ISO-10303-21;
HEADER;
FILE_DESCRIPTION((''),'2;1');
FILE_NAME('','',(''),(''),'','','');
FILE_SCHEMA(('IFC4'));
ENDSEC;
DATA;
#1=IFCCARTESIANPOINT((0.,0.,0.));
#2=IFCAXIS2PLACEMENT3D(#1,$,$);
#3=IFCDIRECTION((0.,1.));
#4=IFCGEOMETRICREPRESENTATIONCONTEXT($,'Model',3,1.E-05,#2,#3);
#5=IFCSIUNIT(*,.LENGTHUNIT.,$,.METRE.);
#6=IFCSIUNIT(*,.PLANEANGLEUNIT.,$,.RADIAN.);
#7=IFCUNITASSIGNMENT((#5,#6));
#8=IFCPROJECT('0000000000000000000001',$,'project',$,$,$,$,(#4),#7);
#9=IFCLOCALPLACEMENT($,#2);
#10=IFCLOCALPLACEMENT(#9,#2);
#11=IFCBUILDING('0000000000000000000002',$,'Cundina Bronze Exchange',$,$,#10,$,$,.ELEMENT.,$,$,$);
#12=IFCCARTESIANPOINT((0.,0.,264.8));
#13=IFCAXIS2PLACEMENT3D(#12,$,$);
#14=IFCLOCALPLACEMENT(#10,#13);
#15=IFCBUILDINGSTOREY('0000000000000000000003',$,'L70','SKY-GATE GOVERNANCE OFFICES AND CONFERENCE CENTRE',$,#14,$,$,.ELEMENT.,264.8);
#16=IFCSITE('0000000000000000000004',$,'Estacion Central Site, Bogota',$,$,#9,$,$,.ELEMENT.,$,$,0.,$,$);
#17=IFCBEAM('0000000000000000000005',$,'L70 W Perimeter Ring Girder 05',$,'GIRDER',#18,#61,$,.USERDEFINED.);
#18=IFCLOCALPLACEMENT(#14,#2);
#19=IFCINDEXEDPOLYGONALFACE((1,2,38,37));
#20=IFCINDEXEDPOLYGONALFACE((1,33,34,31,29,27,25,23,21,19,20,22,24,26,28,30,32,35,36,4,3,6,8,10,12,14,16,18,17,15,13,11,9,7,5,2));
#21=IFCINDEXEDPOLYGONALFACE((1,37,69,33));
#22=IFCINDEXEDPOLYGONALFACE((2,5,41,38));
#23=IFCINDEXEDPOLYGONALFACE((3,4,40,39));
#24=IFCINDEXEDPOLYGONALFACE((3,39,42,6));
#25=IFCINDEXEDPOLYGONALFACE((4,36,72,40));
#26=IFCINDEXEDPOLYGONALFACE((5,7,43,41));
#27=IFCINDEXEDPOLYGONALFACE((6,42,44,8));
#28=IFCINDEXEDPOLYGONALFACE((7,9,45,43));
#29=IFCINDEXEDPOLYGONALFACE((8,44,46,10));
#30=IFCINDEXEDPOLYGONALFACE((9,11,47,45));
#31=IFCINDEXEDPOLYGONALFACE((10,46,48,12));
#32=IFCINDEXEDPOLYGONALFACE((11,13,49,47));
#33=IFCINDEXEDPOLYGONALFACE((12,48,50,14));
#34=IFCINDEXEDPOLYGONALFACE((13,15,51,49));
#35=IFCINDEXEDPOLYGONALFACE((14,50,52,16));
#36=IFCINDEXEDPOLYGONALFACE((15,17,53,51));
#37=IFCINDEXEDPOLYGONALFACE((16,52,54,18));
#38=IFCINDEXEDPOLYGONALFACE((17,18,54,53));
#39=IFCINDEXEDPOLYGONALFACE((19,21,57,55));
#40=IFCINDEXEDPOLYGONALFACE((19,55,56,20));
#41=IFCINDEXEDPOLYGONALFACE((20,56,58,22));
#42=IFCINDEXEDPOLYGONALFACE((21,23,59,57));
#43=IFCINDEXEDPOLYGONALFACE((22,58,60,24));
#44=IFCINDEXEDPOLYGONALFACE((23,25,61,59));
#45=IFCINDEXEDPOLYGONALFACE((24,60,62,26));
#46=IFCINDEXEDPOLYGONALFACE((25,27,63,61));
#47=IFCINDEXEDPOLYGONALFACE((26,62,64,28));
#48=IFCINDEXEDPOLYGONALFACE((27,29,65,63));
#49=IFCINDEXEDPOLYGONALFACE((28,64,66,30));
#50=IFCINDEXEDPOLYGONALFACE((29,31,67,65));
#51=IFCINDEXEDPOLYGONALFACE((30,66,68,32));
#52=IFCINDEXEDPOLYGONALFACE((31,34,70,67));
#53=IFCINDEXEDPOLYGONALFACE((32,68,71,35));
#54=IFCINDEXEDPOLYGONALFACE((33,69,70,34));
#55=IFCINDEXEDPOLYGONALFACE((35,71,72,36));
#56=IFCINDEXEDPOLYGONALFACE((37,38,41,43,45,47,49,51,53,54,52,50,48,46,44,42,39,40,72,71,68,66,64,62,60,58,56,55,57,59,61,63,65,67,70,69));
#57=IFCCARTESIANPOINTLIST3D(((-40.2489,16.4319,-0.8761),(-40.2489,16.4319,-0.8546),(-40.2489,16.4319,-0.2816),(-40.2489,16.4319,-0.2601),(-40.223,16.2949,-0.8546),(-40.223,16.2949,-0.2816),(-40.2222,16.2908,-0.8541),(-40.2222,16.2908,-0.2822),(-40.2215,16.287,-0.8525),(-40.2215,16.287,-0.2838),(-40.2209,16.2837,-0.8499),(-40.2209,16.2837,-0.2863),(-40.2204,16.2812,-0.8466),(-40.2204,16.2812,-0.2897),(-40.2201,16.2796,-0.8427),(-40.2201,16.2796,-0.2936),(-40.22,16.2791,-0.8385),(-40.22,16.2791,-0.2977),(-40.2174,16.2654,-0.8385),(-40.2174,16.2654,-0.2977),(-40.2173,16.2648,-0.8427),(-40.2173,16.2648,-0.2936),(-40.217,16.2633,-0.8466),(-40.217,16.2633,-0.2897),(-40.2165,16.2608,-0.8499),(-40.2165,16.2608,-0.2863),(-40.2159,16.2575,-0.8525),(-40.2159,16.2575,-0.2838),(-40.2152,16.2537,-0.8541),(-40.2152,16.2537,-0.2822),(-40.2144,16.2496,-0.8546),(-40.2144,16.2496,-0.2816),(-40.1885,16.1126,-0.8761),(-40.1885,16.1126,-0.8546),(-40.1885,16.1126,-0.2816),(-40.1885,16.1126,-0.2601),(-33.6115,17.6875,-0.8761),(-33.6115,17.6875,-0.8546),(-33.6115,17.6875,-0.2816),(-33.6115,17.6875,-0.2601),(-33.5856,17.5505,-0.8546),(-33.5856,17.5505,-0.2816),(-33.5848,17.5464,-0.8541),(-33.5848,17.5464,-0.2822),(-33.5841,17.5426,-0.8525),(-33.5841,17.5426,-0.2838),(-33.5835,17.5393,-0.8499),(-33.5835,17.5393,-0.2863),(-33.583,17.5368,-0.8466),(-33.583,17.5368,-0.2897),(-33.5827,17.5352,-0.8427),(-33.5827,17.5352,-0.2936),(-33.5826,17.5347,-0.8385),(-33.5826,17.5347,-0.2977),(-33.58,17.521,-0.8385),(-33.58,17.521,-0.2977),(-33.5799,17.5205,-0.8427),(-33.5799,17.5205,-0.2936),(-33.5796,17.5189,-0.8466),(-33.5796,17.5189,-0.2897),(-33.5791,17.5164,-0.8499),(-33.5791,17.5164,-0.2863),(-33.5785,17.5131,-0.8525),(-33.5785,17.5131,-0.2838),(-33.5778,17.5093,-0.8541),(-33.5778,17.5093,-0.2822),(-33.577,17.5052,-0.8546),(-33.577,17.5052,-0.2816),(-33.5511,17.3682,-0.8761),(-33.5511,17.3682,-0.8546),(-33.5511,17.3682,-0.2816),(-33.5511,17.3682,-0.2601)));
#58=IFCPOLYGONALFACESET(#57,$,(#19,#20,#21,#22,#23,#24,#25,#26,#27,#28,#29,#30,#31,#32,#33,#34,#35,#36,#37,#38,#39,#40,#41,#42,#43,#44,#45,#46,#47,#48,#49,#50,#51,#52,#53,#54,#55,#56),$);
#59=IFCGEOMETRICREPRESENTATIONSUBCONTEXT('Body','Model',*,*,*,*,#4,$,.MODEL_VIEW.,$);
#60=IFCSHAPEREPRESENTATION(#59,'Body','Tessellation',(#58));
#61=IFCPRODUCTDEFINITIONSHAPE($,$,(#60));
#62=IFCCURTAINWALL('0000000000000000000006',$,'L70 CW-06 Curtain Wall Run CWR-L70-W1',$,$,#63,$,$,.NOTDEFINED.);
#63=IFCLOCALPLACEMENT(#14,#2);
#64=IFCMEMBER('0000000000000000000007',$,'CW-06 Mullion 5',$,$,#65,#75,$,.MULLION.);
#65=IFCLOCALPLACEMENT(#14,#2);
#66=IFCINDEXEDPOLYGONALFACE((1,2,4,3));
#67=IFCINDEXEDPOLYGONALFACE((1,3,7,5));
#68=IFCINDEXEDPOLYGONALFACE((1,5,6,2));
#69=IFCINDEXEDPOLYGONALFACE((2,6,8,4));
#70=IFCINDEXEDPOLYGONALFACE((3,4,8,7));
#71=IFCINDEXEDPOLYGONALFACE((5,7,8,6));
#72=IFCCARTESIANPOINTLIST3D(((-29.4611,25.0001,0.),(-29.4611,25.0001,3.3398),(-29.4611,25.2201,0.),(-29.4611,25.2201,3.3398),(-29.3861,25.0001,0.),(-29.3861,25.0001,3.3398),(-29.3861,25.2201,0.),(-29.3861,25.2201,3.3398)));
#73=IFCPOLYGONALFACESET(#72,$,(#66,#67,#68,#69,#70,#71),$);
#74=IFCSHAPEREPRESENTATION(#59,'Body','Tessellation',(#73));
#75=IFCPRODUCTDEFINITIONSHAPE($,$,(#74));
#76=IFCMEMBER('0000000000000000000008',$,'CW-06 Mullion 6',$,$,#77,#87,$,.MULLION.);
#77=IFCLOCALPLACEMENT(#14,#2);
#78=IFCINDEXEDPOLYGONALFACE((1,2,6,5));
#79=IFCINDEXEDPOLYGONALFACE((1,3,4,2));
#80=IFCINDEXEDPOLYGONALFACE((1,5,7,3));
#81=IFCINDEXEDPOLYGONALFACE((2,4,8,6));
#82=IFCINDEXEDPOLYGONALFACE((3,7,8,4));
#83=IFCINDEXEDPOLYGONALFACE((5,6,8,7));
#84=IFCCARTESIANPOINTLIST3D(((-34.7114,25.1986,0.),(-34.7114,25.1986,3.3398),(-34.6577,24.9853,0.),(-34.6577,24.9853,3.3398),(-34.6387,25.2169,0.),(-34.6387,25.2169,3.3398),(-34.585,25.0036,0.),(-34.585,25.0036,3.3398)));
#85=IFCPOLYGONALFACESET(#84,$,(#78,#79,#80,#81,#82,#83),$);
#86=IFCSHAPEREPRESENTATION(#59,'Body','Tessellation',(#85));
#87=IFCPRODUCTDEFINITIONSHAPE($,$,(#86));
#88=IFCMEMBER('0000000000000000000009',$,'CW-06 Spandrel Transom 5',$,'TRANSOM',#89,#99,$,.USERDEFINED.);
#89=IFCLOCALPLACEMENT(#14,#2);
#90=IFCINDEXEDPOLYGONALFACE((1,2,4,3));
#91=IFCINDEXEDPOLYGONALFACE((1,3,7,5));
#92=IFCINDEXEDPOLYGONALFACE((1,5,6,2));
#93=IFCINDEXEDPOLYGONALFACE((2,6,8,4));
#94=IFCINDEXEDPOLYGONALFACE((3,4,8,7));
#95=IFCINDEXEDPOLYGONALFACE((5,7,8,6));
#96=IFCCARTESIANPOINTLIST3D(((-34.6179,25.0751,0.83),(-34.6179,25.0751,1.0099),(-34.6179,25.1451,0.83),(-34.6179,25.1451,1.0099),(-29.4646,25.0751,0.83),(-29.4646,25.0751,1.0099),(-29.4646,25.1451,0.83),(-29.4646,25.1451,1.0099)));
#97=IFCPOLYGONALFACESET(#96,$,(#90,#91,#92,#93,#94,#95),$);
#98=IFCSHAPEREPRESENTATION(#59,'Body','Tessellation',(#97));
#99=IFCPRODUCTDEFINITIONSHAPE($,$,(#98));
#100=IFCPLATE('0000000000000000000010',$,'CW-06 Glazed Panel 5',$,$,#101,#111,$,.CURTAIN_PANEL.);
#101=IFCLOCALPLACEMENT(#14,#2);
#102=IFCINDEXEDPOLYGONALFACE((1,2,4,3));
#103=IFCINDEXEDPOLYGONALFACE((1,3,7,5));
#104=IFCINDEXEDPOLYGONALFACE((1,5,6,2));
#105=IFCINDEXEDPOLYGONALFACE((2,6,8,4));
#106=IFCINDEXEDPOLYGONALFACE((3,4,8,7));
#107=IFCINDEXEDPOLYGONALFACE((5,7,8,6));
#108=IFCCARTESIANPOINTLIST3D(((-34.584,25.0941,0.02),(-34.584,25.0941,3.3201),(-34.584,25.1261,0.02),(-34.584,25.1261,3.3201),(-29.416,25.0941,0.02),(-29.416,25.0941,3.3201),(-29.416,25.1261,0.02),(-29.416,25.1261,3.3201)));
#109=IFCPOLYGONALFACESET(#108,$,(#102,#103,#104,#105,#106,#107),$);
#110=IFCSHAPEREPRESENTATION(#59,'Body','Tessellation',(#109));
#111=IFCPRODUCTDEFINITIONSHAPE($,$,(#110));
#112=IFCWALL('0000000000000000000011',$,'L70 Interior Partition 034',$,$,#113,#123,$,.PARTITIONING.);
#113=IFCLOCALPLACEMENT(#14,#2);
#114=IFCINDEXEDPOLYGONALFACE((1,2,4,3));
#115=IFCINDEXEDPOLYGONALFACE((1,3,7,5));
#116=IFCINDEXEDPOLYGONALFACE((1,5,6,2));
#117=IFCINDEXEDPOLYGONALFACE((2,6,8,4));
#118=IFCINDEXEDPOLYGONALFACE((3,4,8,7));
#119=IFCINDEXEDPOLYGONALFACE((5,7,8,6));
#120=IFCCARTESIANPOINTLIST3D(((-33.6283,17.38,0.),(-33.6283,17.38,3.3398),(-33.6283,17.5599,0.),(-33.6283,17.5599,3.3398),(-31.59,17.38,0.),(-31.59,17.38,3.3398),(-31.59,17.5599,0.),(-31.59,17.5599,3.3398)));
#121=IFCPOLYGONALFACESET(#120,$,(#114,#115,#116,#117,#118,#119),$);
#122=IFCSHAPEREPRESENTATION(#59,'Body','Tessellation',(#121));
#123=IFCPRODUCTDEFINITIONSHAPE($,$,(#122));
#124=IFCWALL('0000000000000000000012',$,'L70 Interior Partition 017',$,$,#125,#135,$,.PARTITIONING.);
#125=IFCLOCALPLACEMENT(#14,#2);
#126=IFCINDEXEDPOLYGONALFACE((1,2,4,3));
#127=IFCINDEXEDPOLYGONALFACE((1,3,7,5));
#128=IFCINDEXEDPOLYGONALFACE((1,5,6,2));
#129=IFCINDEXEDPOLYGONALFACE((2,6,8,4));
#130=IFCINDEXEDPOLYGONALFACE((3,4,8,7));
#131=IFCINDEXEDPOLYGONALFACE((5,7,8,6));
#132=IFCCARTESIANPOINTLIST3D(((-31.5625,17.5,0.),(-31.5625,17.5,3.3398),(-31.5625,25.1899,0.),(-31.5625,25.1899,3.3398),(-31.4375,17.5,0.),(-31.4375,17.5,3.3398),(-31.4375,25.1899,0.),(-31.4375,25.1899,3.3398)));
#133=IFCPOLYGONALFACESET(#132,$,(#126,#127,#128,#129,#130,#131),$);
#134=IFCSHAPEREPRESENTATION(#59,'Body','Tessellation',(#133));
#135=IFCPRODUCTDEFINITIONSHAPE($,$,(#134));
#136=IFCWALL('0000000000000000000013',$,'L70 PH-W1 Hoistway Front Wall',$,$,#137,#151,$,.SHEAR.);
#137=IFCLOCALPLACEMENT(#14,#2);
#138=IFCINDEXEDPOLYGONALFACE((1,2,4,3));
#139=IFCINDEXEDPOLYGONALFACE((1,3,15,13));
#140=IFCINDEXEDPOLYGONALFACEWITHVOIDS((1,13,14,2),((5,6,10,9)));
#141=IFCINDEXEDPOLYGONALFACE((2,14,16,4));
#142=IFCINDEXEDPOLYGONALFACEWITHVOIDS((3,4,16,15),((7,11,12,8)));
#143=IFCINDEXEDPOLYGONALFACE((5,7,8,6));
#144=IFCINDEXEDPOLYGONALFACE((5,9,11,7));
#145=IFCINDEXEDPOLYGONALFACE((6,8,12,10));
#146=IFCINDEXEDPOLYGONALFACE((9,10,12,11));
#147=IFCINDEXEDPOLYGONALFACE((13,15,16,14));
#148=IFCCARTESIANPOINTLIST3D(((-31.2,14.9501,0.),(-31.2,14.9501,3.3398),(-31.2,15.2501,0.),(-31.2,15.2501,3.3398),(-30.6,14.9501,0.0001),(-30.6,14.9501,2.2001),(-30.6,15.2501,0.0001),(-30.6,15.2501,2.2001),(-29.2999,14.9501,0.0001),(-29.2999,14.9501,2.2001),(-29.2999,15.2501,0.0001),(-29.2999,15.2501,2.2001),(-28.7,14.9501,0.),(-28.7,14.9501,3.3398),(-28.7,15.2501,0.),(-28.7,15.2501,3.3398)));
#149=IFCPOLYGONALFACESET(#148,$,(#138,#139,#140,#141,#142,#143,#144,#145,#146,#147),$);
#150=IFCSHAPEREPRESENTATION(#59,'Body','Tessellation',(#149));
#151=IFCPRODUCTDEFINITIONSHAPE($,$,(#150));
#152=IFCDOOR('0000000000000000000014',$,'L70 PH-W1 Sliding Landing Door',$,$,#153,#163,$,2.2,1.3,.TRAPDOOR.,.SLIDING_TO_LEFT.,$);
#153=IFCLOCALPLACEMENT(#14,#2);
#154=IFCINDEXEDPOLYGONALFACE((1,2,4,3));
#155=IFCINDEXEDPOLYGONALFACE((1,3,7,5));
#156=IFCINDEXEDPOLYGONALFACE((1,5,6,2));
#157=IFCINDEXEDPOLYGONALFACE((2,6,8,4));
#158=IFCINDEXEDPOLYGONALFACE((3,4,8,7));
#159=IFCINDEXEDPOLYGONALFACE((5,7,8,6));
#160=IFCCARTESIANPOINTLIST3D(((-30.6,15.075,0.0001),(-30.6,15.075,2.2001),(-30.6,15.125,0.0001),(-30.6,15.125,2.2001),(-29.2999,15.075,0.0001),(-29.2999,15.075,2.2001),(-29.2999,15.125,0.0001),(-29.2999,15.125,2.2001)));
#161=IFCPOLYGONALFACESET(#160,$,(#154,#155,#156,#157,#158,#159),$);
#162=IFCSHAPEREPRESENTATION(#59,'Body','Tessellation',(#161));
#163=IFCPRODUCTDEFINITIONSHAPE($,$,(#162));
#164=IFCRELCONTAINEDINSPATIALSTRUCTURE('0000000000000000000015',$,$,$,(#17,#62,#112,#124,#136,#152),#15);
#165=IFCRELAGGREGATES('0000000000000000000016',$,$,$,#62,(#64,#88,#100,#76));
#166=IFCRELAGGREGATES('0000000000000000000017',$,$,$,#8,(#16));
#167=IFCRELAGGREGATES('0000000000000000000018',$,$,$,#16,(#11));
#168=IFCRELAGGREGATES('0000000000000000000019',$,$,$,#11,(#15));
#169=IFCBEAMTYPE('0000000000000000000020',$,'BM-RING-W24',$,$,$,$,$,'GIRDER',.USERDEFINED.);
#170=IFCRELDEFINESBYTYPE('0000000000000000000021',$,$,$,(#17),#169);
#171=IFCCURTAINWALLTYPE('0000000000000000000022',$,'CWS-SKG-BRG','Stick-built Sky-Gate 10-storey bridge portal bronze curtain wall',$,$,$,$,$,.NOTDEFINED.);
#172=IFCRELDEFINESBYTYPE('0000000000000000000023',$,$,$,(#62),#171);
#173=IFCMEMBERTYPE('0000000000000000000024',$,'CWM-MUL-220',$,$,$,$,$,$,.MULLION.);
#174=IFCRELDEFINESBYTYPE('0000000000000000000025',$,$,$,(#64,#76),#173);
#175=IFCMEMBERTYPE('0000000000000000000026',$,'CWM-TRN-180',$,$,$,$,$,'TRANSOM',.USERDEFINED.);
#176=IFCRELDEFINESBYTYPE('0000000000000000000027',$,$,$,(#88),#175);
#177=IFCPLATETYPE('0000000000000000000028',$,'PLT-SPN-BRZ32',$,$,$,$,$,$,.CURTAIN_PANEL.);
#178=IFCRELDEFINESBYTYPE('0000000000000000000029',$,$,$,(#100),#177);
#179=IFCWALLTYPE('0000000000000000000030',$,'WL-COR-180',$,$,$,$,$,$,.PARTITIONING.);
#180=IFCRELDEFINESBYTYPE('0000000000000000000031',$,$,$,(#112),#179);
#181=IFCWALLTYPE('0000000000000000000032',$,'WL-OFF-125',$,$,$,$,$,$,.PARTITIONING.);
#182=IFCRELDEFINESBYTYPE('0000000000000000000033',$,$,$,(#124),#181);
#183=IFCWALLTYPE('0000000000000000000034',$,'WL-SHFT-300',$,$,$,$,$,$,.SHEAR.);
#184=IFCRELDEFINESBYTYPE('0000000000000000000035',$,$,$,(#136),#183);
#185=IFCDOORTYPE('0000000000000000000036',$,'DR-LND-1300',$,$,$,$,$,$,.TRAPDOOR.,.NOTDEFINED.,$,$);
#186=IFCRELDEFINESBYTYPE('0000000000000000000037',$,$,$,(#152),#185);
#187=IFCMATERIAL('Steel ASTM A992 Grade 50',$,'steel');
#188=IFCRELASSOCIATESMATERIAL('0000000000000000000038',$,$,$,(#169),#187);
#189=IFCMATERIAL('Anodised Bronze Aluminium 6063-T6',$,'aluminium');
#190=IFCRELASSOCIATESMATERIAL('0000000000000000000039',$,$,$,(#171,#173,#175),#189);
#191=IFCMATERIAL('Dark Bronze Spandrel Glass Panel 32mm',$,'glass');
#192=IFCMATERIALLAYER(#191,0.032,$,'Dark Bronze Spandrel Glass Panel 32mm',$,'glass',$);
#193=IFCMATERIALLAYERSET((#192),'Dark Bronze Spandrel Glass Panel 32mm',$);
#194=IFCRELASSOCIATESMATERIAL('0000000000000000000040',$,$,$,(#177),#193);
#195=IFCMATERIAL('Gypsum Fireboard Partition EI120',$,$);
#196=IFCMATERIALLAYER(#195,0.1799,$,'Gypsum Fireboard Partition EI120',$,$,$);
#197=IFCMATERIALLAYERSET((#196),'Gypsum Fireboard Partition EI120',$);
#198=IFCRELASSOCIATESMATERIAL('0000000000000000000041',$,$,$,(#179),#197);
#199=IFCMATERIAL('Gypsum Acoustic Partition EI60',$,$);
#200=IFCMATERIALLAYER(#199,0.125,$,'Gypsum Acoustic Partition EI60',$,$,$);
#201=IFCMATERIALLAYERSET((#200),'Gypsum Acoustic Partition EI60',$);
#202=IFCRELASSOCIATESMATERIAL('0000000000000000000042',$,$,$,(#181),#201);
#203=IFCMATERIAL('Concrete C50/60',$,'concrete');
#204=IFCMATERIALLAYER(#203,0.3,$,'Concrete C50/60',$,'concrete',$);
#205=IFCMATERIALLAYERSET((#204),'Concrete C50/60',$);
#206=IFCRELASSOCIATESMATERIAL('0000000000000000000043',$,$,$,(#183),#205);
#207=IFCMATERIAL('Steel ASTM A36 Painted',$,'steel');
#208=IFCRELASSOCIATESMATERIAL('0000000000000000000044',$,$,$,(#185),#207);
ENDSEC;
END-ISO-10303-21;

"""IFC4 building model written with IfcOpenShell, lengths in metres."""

from ifc_helpers import new_model, si_unit, direction, frame, frame_2d, origin, origin_2d, place, context, subcontext, project, spatial, rectangle, i_section, extrude, material, layer, layer_set, material_profile, profile_set, type_object, element, fill, aggregate, save


model = new_model("IFC4")

# Units and contexts
model_context = context("Model", 3, precision=1e-05, world=origin(), true_north=direction((0.0, 1.0)))
body_context = subcontext(model_context, "Body", "Model", "MODEL_VIEW")
ifc_project = project(units=[si_unit("LENGTHUNIT", "METRE"), si_unit("PLANEANGLEUNIT", "RADIAN")], contexts=[model_context])

# Site, building, storey
site_placement = place(None, origin())
site = spatial("IfcSite", under=ifc_project, at=site_placement, Name="Estacion Central Site, Bogota", CompositionType="ELEMENT", RefElevation=0.0)
building_placement = place(site_placement, origin())
building = spatial("IfcBuilding", under=site, at=building_placement, Name="Cundina Bronze Exchange", CompositionType="ELEMENT")
storey_placement = place(building_placement, frame((0.0, 0.0, 264.8)))
storey = spatial("IfcBuildingStorey", under=building, at=storey_placement, Name="L70", Description="SKY-GATE GOVERNANCE OFFICES AND CONFERENCE CENTRE", CompositionType="ELEMENT", Elevation=264.8)

# Shared definitions
ifc_material_1 = material(Name="Concrete C50/60", Category="concrete")

# Beam
ifc_material_2 = material(Name="Steel ASTM A992 Grade 50", Category="steel")
ifc_material_profile_1 = material_profile(ifc_material_2, i_section(OverallWidth=0.325, OverallDepth=0.616, WebThickness=0.0139, FlangeThickness=0.0215, FilletRadius=0.0161, at=origin_2d()), Name="W24X117", Category="steel")
ifc_profile_set_1 = profile_set([ifc_material_profile_1], Name="Steel ASTM A992 Grade 50")
beam_type_1 = type_object("IfcBeamType", Name="BM-RING-W24", ElementType="GIRDER", PredefinedType="USERDEFINED", material=ifc_profile_set_1)
beam_1_placement = place(storey_placement, frame((-33.5813, 17.5278, -0.5681), z_axis=(-0.982573, -0.185875, 0.0), x_axis=(0.185875, -0.982573, 0.0)))
element("IfcBeam", 1, at=beam_1_placement, inside=storey, type_object=beam_type_1, Name="L70 W Perimeter Ring Girder 05", ObjectType="GIRDER", PredefinedType="USERDEFINED", context=body_context, shape_type="SweptSolid", body=[
    extrude(i_section(OverallWidth=0.325, OverallDepth=0.616, WebThickness=0.0139, FlangeThickness=0.0215, FilletRadius=0.0161, at=origin_2d()), origin(), (0.0, 0.0, 1.0), 6.7551),
])

# Curtain wall, members, plate
ifc_material_3 = material(Name="Anodised Bronze Aluminium 6063-T6", Category="aluminium")
curtain_wall_type = type_object("IfcCurtainWallType", Name="CWS-SKG-BRG", Description="Stick-built Sky-Gate 10-storey bridge portal bronze curtain wall", PredefinedType="NOTDEFINED", material=ifc_material_3)
curtain_wall_placement = place(storey_placement, origin())
curtain_wall = element("IfcCurtainWall", 2, at=curtain_wall_placement, inside=storey, type_object=curtain_wall_type, Name="L70 CW-06 Curtain Wall Run CWR-L70-W1", PredefinedType="NOTDEFINED")
ifc_material_profile_2 = material_profile(ifc_material_3, rectangle(XDim=0.075, YDim=0.22, at=origin_2d()), Name="AL75X220", Category="aluminium")
ifc_profile_set_2 = profile_set([ifc_material_profile_2], Name="Anodised Bronze Aluminium 6063-T6")
member_type_1 = type_object("IfcMemberType", Name="CWM-MUL-220", PredefinedType="MULLION", material=ifc_profile_set_2)
member_1_placement = place(storey_placement, frame((-29.4236, 25.1101, 0.0), z_axis=(0.0, 0.0, 1.0), x_axis=(-1.0, 0.0, 0.0)))
member_1 = element("IfcMember", 3, at=member_1_placement, type_object=member_type_1, Name="CW-06 Mullion 5", PredefinedType="MULLION", context=body_context, shape_type="SweptSolid", body=[
    extrude(rectangle(XDim=0.075, YDim=0.22, at=origin_2d()), origin(), (0.0, 0.0, 1.0), 3.3398),
])
member_2_placement = place(storey_placement, frame((-34.6482, 25.1011, 0.0), z_axis=(0.0, 0.0, 1.0), x_axis=(-0.969744, -0.244123, 0.0)))
member_2 = element("IfcMember", 4, at=member_2_placement, type_object=member_type_1, Name="CW-06 Mullion 6", PredefinedType="MULLION", context=body_context, shape_type="SweptSolid", body=[
    extrude(rectangle(XDim=0.075, YDim=0.22, at=origin_2d()), origin(), (0.0, 0.0, 1.0), 3.3398),
])
ifc_material_profile_3 = material_profile(ifc_material_3, rectangle(XDim=0.0701, YDim=0.1799, at=origin_2d()), Name="AL70X180", Category="aluminium")
ifc_profile_set_3 = profile_set([ifc_material_profile_3], Name="Anodised Bronze Aluminium 6063-T6")
member_type_2 = type_object("IfcMemberType", Name="CWM-TRN-180", ElementType="TRANSOM", PredefinedType="USERDEFINED", material=ifc_profile_set_3)
member_3_placement = place(storey_placement, frame((-29.4646, 25.1101, 0.9199), z_axis=(-1.0, 0.0, 0.0), x_axis=(0.0, -1.0, 0.0)))
member_3 = element("IfcMember", 5, at=member_3_placement, type_object=member_type_2, Name="CW-06 Spandrel Transom 5", ObjectType="TRANSOM", PredefinedType="USERDEFINED", context=body_context, shape_type="SweptSolid", body=[
    extrude(rectangle(XDim=0.0701, YDim=0.1799, at=origin_2d()), origin(), (0.0, 0.0, 1.0), 5.1533),
])
ifc_material_4 = material(Name="Dark Bronze Spandrel Glass Panel 32mm", Category="glass")
ifc_layer_1 = layer(ifc_material_4, 0.032, Name="Dark Bronze Spandrel Glass Panel 32mm", Category="glass")
ifc_layer_set_1 = layer_set([ifc_layer_1], Name="Dark Bronze Spandrel Glass Panel 32mm")
plate_type = type_object("IfcPlateType", Name="PLT-SPN-BRZ32", PredefinedType="CURTAIN_PANEL", material=ifc_layer_set_1)
plate_placement = place(storey_placement, frame((-32.0, 25.1101, 0.02), z_axis=(0.0, 0.0, 1.0), x_axis=(-1.0, 0.0, 0.0)))
plate = element("IfcPlate", 6, at=plate_placement, type_object=plate_type, Name="CW-06 Glazed Panel 5", PredefinedType="CURTAIN_PANEL", context=body_context, shape_type="SweptSolid", body=[
    extrude(rectangle(XDim=5.168, YDim=0.032, at=origin_2d()), origin(), (0.0, 0.0, 1.0), 3.3),
])
aggregate(curtain_wall, [member_1, member_3, plate, member_2])

# Shared definitions
ifc_material_5 = material(Name="Gypsum Fireboard Partition EI120")
ifc_layer_2 = layer(ifc_material_5, 0.1799, Name="Gypsum Fireboard Partition EI120")
ifc_layer_set_2 = layer_set([ifc_layer_2], Name="Gypsum Fireboard Partition EI120")
wall_type_1 = type_object("IfcWallType", Name="WL-COR-180", PredefinedType="PARTITIONING", material=ifc_layer_set_2)

# Walls
wall_1_placement = place(storey_placement, frame((-31.5901, 17.47, 0.0), z_axis=(0.0, 0.0, 1.0), x_axis=(-1.0, 0.0, 0.0)))
element("IfcWall", 7, at=wall_1_placement, inside=storey, type_object=wall_type_1, Name="L70 Interior Partition 034", PredefinedType="PARTITIONING", context=body_context, shape_type="SweptSolid", body=[
    extrude(rectangle(XDim=2.0383, YDim=0.1799, at=frame_2d((1.019, 0.0))), origin(), (0.0, 0.0, 1.0), 3.3398),
])
ifc_material_6 = material(Name="Gypsum Acoustic Partition EI60")
ifc_layer_3 = layer(ifc_material_6, 0.125, Name="Gypsum Acoustic Partition EI60")
ifc_layer_set_3 = layer_set([ifc_layer_3], Name="Gypsum Acoustic Partition EI60")
wall_type_2 = type_object("IfcWallType", Name="WL-OFF-125", PredefinedType="PARTITIONING", material=ifc_layer_set_3)
wall_2_placement = place(storey_placement, frame((-31.5, 17.5, 0.0), z_axis=(0.0, 0.0, 1.0), x_axis=(0.0, 1.0, 0.0)))
element("IfcWall", 8, at=wall_2_placement, inside=storey, type_object=wall_type_2, Name="L70 Interior Partition 017", PredefinedType="PARTITIONING", context=body_context, shape_type="SweptSolid", body=[
    extrude(rectangle(XDim=7.6899, YDim=0.125, at=frame_2d((3.845, 0.0))), origin(), (0.0, 0.0, 1.0), 3.3398),
])

# Wall, opening, door
ifc_layer_4 = layer(ifc_material_1, 0.3, Name="Concrete C50/60", Category="concrete")
ifc_layer_set_4 = layer_set([ifc_layer_4], Name="Concrete C50/60")
wall_type_3 = type_object("IfcWallType", Name="WL-SHFT-300", PredefinedType="SHEAR", material=ifc_layer_set_4)
wall_3_placement = place(storey_placement, frame((-31.2, 15.1001, 0.0), z_axis=(0.0, 0.0, 1.0), x_axis=(1.0, 0.0, 0.0)))
wall_3 = element("IfcWall", 9, at=wall_3_placement, inside=storey, type_object=wall_type_3, Name="L70 PH-W1 Hoistway Front Wall", PredefinedType="SHEAR", context=body_context, shape_type="SweptSolid", body=[
    extrude(rectangle(XDim=2.5, YDim=0.3, at=frame_2d((1.25, 0.0))), origin(), (0.0, 0.0, 1.0), 3.3398),
])
opening_1_placement = place(wall_3_placement, frame((0.6001, 0.0, 0.0)))
opening_1 = element("IfcOpeningElement", 10, at=opening_1_placement, cuts=wall_3, PredefinedType="OPENING", context=body_context, shape_type="SweptSolid", body=[
    extrude(rectangle(XDim=1.3, YDim=2.2, at=frame_2d((0.6499, 1.1001))), frame((0.0, 0.1599, 0.0), z_axis=(0.0, -1.0, 0.0), x_axis=(1.0, 0.0, 0.0)), (0.0, 0.0, 1.0), 0.3201),
])
ifc_material_7 = material(Name="Steel ASTM A36 Painted", Category="steel")
door_type_1 = type_object("IfcDoorType", Name="DR-LND-1300", OperationType="NOTDEFINED", PredefinedType="TRAPDOOR", material=ifc_material_7)
door_1_placement = place(opening_1_placement, origin())
door_1 = element("IfcDoor", 11, at=door_1_placement, inside=storey, type_object=door_type_1, Name="L70 PH-W1 Sliding Landing Door", OperationType="SLIDING_TO_LEFT", OverallHeight=2.2, OverallWidth=1.3, PredefinedType="TRAPDOOR", context=body_context, shape_type="SweptSolid", body=[
    extrude(rectangle(XDim=1.3, YDim=2.2, at=frame_2d((0.6499, 1.1001))), frame((0.0, 0.0249, 0.0), z_axis=(0.0, -1.0, 0.0), x_axis=(1.0, 0.0, 0.0)), (0.0, 0.0, 1.0), 0.05),
])
fill(opening_1, door_1)

save(model, "model.ifc")
